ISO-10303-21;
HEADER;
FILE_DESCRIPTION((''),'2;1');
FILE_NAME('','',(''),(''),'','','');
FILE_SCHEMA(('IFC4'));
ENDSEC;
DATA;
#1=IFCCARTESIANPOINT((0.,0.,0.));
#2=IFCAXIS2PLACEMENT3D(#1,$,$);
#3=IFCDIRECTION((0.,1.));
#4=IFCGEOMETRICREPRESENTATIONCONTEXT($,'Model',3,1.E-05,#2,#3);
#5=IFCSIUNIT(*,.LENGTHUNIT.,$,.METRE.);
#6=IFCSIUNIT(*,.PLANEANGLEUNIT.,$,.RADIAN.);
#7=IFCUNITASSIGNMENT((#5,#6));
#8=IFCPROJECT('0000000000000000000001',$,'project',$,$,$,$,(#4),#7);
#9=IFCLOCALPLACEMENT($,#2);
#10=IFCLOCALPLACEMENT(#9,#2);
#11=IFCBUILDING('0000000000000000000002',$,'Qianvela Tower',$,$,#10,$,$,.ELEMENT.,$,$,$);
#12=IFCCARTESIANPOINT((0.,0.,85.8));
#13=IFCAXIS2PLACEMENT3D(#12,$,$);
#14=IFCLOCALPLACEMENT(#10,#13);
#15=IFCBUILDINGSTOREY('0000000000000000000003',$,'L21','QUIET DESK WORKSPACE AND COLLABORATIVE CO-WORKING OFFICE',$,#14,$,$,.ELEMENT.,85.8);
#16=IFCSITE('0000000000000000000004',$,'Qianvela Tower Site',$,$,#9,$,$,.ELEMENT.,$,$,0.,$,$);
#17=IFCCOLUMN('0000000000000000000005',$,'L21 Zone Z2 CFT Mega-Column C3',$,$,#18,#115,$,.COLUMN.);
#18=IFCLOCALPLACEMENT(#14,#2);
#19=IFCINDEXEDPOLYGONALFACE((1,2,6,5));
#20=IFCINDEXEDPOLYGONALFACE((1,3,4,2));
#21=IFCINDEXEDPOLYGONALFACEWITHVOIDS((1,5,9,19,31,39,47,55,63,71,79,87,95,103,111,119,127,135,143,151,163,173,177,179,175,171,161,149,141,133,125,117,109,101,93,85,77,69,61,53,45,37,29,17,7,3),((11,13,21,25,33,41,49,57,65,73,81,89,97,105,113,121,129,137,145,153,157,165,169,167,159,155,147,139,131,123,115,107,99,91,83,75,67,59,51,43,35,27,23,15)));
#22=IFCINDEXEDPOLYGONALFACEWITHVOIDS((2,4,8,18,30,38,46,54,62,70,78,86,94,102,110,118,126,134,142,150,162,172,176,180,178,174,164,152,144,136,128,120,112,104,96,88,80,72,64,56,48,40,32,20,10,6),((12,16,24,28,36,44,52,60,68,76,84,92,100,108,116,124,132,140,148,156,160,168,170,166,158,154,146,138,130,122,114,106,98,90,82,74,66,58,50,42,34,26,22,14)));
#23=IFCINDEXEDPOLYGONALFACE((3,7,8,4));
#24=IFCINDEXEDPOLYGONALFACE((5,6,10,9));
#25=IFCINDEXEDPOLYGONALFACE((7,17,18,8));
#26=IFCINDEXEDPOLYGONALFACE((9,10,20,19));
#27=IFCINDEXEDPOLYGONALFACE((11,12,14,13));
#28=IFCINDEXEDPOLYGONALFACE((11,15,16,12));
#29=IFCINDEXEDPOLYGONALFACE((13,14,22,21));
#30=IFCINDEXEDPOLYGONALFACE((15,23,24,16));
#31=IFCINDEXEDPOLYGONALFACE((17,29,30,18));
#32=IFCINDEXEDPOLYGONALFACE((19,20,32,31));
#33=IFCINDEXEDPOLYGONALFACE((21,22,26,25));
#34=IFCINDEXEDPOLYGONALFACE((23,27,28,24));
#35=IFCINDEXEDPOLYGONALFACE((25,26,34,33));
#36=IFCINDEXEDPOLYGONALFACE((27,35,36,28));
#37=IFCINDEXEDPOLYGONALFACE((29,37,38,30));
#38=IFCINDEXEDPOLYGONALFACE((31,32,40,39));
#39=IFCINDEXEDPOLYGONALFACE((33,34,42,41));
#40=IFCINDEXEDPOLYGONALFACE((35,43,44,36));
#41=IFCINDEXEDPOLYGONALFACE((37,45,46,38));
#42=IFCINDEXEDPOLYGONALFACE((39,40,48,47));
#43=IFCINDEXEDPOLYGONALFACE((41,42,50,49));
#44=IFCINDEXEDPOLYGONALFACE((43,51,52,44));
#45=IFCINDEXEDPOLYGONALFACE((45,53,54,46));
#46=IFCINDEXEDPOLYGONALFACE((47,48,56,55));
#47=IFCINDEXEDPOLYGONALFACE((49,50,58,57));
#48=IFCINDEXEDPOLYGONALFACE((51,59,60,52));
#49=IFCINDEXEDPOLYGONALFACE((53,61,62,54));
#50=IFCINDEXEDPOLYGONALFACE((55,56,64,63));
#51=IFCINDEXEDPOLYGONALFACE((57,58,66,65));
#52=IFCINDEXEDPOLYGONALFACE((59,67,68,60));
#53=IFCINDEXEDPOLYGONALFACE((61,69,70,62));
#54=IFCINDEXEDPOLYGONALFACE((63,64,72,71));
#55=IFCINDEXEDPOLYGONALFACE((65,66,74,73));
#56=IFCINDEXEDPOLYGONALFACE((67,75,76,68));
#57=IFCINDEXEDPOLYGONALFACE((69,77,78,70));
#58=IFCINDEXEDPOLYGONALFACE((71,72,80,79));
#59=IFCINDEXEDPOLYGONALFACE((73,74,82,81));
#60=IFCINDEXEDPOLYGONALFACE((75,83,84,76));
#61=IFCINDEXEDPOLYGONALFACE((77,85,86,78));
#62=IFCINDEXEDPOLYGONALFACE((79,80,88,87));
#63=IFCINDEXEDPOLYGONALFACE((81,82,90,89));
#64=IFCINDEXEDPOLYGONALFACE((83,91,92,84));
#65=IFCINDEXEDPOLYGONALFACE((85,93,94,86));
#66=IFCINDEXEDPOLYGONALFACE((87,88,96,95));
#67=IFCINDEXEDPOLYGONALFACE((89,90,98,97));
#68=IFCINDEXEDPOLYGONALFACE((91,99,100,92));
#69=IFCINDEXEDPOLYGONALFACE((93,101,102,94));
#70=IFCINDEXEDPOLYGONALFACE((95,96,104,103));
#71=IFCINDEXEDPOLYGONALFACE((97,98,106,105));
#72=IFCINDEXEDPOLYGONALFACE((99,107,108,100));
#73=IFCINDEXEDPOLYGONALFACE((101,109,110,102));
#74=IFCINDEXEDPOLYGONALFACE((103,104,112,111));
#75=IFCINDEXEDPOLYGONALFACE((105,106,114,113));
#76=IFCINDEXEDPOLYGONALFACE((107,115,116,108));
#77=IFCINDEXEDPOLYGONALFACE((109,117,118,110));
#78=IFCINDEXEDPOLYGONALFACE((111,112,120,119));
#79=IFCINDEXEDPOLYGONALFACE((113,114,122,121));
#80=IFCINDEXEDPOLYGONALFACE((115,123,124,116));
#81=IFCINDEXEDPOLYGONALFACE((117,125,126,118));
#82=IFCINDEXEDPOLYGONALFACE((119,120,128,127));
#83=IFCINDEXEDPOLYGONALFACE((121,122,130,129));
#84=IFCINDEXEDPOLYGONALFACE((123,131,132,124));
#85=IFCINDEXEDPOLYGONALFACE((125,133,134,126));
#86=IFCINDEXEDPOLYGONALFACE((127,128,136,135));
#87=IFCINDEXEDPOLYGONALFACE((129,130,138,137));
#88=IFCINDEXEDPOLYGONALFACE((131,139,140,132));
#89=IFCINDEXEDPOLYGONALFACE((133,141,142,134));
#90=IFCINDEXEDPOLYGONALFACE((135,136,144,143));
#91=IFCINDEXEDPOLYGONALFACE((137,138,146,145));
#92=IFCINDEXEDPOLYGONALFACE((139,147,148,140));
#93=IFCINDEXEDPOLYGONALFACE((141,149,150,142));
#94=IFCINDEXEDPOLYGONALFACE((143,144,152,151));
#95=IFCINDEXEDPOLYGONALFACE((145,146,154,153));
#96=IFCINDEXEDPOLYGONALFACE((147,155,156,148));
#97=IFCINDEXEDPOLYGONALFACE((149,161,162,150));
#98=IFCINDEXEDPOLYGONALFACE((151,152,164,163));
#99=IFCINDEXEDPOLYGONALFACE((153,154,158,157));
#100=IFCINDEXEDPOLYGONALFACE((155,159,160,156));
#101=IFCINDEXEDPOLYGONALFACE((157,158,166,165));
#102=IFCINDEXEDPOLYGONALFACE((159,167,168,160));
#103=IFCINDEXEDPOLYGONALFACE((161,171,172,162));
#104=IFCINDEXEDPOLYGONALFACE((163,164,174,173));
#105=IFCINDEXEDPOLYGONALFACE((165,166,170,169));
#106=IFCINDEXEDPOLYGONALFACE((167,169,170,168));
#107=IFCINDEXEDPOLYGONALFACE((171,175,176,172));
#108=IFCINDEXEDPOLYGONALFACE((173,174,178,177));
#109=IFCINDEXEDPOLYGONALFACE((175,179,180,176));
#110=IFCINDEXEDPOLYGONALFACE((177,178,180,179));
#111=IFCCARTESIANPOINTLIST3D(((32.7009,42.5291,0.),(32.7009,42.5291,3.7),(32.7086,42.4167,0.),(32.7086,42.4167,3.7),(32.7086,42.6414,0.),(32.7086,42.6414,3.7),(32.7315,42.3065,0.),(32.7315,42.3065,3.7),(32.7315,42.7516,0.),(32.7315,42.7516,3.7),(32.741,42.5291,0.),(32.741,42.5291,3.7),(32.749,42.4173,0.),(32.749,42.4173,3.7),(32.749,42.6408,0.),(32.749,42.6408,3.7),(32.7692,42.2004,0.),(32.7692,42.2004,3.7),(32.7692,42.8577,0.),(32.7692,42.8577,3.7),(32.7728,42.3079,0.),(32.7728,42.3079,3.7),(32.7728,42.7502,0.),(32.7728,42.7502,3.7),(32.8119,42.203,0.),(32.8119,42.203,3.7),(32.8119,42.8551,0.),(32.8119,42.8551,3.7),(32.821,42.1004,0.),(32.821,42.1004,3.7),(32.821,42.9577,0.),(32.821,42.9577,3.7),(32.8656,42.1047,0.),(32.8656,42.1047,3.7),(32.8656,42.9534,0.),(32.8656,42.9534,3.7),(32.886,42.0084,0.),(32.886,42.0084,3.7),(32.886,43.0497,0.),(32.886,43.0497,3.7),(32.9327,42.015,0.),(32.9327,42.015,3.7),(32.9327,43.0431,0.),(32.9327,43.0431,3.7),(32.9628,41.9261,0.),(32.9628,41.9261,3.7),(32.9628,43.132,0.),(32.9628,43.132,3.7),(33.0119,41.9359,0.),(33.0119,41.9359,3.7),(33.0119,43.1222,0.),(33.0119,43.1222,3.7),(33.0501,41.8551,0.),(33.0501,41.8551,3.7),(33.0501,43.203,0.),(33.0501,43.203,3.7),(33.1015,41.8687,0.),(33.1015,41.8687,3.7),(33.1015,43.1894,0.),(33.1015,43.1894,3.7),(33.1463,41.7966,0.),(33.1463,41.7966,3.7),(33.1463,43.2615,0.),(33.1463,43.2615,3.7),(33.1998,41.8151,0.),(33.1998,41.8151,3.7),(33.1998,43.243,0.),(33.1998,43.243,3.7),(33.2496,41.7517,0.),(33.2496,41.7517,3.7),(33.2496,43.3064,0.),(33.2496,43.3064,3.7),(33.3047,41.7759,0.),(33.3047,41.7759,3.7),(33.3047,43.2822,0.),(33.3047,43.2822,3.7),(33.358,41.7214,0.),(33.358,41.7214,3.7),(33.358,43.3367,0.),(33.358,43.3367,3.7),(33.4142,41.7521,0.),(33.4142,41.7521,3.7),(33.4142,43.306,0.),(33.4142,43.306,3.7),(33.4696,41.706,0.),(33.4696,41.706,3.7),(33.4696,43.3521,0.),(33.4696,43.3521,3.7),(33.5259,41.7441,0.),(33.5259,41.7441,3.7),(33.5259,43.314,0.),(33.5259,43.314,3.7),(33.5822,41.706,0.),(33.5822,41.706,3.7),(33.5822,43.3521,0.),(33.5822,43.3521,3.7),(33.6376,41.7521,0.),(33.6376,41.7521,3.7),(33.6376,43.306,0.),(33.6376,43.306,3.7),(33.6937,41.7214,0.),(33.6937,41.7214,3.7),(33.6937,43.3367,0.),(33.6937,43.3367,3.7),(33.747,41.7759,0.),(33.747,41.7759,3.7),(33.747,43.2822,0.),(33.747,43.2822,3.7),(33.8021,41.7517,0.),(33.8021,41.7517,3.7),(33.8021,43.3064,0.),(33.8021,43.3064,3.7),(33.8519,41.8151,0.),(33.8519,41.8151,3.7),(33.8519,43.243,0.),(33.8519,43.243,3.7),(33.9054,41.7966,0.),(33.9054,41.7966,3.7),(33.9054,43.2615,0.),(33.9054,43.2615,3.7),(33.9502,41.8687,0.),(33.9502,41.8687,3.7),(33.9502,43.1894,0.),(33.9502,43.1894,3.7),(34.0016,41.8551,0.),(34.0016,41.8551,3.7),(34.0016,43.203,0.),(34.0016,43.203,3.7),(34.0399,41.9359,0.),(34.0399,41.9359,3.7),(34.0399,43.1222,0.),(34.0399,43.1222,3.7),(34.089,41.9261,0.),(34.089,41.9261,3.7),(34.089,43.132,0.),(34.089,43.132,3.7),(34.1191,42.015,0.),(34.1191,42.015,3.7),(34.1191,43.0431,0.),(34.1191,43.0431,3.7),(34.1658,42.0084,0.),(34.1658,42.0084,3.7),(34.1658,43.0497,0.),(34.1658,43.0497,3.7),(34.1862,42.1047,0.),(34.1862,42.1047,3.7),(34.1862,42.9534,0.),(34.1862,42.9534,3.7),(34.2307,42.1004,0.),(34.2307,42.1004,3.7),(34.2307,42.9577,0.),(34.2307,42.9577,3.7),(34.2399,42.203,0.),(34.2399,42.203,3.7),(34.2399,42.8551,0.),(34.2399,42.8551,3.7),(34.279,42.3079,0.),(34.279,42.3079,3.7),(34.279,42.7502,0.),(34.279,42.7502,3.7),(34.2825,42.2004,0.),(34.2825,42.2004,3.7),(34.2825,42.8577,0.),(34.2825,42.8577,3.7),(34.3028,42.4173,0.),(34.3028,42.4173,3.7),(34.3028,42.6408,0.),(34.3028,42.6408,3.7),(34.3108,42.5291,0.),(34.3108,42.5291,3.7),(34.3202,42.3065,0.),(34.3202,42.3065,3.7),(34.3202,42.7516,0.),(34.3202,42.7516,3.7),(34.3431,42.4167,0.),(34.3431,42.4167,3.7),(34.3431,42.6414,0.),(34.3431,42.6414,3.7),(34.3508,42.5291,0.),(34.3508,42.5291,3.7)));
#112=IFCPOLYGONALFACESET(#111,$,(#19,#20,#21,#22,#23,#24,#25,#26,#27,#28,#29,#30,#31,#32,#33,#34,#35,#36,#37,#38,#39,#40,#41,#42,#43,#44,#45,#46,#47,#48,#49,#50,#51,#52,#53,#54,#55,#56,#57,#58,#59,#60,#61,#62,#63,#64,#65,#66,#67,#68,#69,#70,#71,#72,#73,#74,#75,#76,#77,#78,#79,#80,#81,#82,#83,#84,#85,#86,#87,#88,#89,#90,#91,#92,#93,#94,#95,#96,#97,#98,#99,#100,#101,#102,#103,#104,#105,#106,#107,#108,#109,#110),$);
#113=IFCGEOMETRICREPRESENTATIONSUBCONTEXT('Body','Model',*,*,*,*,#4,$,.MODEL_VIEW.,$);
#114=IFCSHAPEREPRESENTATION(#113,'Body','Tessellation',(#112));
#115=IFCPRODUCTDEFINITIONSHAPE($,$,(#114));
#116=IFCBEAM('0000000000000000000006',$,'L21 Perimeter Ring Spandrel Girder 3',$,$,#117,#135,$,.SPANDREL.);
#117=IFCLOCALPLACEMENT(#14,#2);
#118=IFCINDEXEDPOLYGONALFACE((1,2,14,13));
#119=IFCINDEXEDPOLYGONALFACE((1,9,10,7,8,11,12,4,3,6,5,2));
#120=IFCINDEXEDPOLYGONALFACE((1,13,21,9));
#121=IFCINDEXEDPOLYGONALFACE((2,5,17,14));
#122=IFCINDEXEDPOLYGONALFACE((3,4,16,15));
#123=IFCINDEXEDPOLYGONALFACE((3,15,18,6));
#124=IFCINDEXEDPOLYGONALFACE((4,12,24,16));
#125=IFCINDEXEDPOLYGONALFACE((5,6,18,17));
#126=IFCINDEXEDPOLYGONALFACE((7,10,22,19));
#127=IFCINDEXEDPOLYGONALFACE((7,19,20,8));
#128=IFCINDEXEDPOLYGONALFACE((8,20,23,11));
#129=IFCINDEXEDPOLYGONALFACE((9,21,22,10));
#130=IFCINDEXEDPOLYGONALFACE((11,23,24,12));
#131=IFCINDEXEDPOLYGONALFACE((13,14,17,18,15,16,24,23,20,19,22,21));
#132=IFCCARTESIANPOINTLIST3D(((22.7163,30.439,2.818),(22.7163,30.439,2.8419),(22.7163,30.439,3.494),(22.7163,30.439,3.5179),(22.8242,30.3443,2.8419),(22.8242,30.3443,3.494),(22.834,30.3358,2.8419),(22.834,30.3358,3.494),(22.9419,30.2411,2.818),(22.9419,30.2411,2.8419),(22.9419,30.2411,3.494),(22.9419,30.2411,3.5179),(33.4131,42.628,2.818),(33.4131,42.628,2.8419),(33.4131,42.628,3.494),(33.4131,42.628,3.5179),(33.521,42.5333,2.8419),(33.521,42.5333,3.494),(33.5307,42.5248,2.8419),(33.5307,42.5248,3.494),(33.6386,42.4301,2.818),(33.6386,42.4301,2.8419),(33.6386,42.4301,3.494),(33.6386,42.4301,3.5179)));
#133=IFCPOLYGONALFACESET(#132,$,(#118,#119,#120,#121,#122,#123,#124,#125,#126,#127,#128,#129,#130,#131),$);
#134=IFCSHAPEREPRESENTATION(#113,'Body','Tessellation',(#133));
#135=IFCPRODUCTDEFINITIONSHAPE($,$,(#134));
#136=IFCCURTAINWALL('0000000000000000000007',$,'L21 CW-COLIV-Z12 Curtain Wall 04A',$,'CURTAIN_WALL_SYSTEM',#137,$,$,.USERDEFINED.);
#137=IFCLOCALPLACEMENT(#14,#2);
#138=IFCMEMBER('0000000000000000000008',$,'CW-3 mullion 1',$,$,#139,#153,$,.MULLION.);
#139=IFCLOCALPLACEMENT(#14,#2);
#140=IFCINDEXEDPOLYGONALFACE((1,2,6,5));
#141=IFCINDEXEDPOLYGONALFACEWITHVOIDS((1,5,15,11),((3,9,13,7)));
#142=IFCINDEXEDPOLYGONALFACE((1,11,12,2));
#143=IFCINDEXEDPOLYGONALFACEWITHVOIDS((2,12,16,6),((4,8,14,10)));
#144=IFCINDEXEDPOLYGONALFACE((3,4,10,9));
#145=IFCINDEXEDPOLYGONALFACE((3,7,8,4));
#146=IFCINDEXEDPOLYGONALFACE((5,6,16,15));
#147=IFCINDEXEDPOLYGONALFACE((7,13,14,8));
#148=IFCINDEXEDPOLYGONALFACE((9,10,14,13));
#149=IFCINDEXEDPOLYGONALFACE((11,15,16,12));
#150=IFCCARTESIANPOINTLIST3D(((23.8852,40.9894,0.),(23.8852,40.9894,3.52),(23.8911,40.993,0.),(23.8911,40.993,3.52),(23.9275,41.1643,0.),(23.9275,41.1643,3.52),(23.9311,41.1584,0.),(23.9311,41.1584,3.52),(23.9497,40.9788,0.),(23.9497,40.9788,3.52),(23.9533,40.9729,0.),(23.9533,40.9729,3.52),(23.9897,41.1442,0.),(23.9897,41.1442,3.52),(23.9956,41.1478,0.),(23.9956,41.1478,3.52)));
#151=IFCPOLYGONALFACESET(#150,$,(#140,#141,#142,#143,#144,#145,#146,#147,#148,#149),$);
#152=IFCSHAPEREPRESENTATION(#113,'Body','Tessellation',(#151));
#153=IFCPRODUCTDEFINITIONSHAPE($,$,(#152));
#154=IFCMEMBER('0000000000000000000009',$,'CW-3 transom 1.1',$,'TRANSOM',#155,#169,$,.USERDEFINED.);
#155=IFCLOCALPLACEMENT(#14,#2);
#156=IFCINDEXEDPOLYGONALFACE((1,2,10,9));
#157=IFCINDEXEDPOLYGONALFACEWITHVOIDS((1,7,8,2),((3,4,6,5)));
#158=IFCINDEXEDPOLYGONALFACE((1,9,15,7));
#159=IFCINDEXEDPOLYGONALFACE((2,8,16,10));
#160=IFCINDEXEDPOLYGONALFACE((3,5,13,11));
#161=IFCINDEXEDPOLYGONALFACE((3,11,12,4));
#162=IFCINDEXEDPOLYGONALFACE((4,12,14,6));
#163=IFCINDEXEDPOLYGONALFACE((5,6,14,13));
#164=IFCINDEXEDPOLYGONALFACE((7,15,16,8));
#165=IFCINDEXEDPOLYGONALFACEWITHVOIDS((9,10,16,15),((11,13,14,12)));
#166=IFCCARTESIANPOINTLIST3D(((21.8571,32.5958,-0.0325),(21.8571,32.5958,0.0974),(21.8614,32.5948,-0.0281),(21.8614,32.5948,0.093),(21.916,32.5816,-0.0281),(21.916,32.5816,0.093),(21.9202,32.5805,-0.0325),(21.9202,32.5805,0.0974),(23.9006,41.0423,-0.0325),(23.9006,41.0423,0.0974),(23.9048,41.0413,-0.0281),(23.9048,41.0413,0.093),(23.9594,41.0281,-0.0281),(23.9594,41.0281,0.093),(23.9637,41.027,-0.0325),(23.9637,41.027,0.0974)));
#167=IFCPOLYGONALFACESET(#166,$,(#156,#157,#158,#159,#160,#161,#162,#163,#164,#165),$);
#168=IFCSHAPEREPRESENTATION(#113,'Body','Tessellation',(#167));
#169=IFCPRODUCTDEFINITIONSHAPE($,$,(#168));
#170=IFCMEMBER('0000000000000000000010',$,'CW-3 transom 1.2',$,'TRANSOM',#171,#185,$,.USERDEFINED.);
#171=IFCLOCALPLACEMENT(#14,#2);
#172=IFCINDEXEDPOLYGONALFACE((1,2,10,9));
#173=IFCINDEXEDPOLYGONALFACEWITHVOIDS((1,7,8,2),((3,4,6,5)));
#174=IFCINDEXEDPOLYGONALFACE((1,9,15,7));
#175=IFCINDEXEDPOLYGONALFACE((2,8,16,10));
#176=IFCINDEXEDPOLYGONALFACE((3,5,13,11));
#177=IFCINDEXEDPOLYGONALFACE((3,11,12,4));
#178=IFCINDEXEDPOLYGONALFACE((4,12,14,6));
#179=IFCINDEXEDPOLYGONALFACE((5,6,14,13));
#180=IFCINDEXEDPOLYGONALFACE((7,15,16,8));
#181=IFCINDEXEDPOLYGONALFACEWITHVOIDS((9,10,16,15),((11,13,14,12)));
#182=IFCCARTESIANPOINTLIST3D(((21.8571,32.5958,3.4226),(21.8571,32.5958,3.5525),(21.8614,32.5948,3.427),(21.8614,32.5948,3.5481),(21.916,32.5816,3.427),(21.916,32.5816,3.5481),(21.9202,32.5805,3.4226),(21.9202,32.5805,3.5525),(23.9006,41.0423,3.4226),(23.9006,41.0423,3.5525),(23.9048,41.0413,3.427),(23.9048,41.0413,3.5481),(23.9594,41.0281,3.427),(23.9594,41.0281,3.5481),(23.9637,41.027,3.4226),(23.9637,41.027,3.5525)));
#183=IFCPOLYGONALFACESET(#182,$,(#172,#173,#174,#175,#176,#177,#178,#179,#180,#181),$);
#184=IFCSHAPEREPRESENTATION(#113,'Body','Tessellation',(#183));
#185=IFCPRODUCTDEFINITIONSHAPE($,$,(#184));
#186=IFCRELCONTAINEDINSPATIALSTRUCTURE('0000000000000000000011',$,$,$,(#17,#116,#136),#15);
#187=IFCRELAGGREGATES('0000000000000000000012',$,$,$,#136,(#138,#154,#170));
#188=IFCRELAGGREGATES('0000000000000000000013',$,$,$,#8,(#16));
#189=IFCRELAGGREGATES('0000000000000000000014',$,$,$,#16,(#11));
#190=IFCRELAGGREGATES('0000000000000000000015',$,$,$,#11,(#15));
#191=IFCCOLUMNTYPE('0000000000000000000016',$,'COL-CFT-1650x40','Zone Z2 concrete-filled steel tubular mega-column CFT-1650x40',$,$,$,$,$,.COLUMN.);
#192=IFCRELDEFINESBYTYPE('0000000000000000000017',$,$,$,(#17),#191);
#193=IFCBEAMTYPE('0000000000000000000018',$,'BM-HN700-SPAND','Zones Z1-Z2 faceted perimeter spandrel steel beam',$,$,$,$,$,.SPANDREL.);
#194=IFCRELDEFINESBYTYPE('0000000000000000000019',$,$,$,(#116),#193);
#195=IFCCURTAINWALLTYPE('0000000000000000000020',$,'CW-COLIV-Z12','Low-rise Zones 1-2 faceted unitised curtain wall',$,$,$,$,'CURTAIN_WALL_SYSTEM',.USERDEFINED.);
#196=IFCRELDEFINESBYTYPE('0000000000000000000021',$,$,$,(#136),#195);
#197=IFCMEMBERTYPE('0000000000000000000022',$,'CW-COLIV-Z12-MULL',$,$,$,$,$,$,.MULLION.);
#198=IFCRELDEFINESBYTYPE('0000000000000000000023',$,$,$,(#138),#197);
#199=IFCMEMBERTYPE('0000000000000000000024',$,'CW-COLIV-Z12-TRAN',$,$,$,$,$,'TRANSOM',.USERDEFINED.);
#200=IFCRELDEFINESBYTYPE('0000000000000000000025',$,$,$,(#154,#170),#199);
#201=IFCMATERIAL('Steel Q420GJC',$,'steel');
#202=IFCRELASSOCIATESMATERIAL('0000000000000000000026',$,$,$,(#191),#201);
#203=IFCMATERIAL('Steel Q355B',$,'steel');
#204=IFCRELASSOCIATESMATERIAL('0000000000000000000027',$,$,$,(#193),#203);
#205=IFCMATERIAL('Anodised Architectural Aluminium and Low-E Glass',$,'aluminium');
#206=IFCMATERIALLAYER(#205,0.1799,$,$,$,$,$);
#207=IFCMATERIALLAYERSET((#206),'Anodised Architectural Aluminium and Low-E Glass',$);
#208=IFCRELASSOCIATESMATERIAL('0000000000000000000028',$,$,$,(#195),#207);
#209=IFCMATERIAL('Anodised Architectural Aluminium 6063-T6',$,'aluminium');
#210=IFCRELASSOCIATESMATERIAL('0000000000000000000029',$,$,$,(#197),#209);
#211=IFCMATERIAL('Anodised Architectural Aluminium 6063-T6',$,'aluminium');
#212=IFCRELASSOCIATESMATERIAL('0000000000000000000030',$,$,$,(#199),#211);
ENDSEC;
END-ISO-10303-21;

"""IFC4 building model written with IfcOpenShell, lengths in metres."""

from ifc_helpers import new_model, si_unit, direction, frame, origin, origin_2d, place, context, subcontext, project, spatial, hollow_rectangle, hollow_circle, i_section, extrude, material, layer, layer_set, material_profile, profile_set, type_object, element, aggregate, save


model = new_model("IFC4")

# Units and contexts
model_context = context("Model", 3, precision=1e-05, world=origin(), true_north=direction((0.0, 1.0)))
body_context = subcontext(model_context, "Body", "Model", "MODEL_VIEW")
ifc_project = project(units=[si_unit("LENGTHUNIT", "METRE"), si_unit("PLANEANGLEUNIT", "RADIAN")], contexts=[model_context])

# Site, building, storey
site_placement = place(None, origin())
site = spatial("IfcSite", under=ifc_project, at=site_placement, Name="Qianvela Tower Site", CompositionType="ELEMENT", RefElevation=0.0)
building_placement = place(site_placement, origin())
building = spatial("IfcBuilding", under=site, at=building_placement, Name="Qianvela Tower", CompositionType="ELEMENT")
storey_placement = place(building_placement, frame((0.0, 0.0, 85.8)))
storey = spatial("IfcBuildingStorey", under=building, at=storey_placement, Name="L21", Description="QUIET DESK WORKSPACE AND COLLABORATIVE CO-WORKING OFFICE", CompositionType="ELEMENT", Elevation=85.8)

# Column
ifc_material_1 = material(Name="Steel Q420GJC", Category="steel")
ifc_material_profile_1 = material_profile(ifc_material_1, hollow_circle(Radius=0.825, WallThickness=0.04, at=origin_2d()), Name="CFT-1650x40")
ifc_profile_set_1 = profile_set([ifc_material_profile_1], Name="Steel Q420GJC")
column_type = type_object("IfcColumnType", Name="COL-CFT-1650x40", Description="Zone Z2 concrete-filled steel tubular mega-column CFT-1650x40", PredefinedType="COLUMN", material=ifc_profile_set_1)
for number, where, z_axis, x_axis, name in (
    (1, (33.5259, 42.5291, 0.0), (0.0, 0.0, 1.0), (1.0, 0.0, 0.0), "L21 Zone Z2 CFT Mega-Column C3"),
):
    element("IfcColumn", number, at=place(storey_placement, frame(where, z_axis=z_axis, x_axis=x_axis)), inside=storey, type_object=column_type, Name=name, PredefinedType="COLUMN", context=body_context, shape_type="SweptSolid", body=[
        extrude(hollow_circle(Radius=0.825, WallThickness=0.04, at=origin_2d()), origin(), (0.0, 0.0, 1.0), 3.7),
    ])

# Beam
ifc_material_2 = material(Name="Steel Q355B", Category="steel")
ifc_material_profile_2 = material_profile(ifc_material_2, i_section(OverallWidth=0.3, OverallDepth=0.7, WebThickness=0.0129, FlangeThickness=0.0239, at=origin_2d()), Name="HN700x300x13x24")
ifc_profile_set_2 = profile_set([ifc_material_profile_2], Name="Steel Q355B")
beam_type = type_object("IfcBeamType", Name="BM-HN700-SPAND", Description="Zones Z1-Z2 faceted perimeter spandrel steel beam", PredefinedType="SPANDREL", material=ifc_profile_set_2)
beam_placement = place(storey_placement, frame((33.5259, 42.5291, 3.168), z_axis=(-0.659602, -0.751615, 0.0), x_axis=(0.751615, -0.659602, 0.0)))
element("IfcBeam", 2, at=beam_placement, inside=storey, type_object=beam_type, Name="L21 Perimeter Ring Spandrel Girder 3", PredefinedType="SPANDREL", context=body_context, shape_type="SweptSolid", body=[
    extrude(i_section(OverallWidth=0.3, OverallDepth=0.7, WebThickness=0.0129, FlangeThickness=0.0239, at=origin_2d()), origin(), (0.0, 0.0, 1.0), 16.217),
])

# Curtain wall, members
ifc_material_3 = material(Name="Anodised Architectural Aluminium and Low-E Glass", Category="aluminium")
ifc_layer_1 = layer(ifc_material_3, 0.1799)
ifc_layer_set_1 = layer_set([ifc_layer_1], Name="Anodised Architectural Aluminium and Low-E Glass")
curtain_wall_type = type_object("IfcCurtainWallType", Name="CW-COLIV-Z12", Description="Low-rise Zones 1-2 faceted unitised curtain wall", ElementType="CURTAIN_WALL_SYSTEM", PredefinedType="USERDEFINED", material=ifc_layer_set_1)
curtain_wall_placement = place(storey_placement, origin())
curtain_wall = element("IfcCurtainWall", 3, at=curtain_wall_placement, inside=storey, type_object=curtain_wall_type, Name="L21 CW-COLIV-Z12 Curtain Wall 04A", ObjectType="CURTAIN_WALL_SYSTEM", PredefinedType="USERDEFINED")
ifc_material_4 = material(Name="Anodised Architectural Aluminium 6063-T6", Category="aluminium")
ifc_material_profile_3 = material_profile(ifc_material_4, hollow_rectangle(XDim=0.0701, YDim=0.1799, WallThickness=0.0049, at=origin_2d()), Name="ALU-MULL-70x180")
ifc_profile_set_3 = profile_set([ifc_material_profile_3], Name="Anodised Architectural Aluminium 6063-T6")
member_type_1 = type_object("IfcMemberType", Name="CW-COLIV-Z12-MULL", PredefinedType="MULLION", material=ifc_profile_set_3)
member_1_placement = place(storey_placement, frame((23.9404, 41.0686, 0.0), z_axis=(0.0, 0.0, 1.0), x_axis=(0.971961, -0.235142, 0.0)))
member_1 = element("IfcMember", 4, at=member_1_placement, type_object=member_type_1, Name="CW-3 mullion 1", PredefinedType="MULLION", context=body_context, shape_type="SweptSolid", body=[
    extrude(hollow_rectangle(XDim=0.0701, YDim=0.1799, WallThickness=0.0049, at=origin_2d()), origin(), (0.0, 0.0, 1.0), 3.52),
])
ifc_material_5 = material(Name="Anodised Architectural Aluminium 6063-T6", Category="aluminium")
ifc_material_profile_4 = material_profile(ifc_material_5, hollow_rectangle(XDim=0.0649, YDim=0.1299, WallThickness=0.0044, at=origin_2d()), Name="ALU-TRAN-65x130")
ifc_profile_set_4 = profile_set([ifc_material_profile_4], Name="Anodised Architectural Aluminium 6063-T6")
member_type_2 = type_object("IfcMemberType", Name="CW-COLIV-Z12-TRAN", ElementType="TRANSOM", PredefinedType="USERDEFINED", material=ifc_profile_set_4)
member_2_placement = place(storey_placement, frame((23.9321, 41.0347, 0.0325), z_axis=(-0.235145, -0.97196, 0.0), x_axis=(0.97196, -0.235145, 0.0)))
member_2 = element("IfcMember", 5, at=member_2_placement, type_object=member_type_2, Name="CW-3 transom 1.1", ObjectType="TRANSOM", PredefinedType="USERDEFINED", context=body_context, shape_type="SweptSolid", body=[
    extrude(hollow_rectangle(XDim=0.0649, YDim=0.1299, WallThickness=0.0044, at=origin_2d()), origin(), (0.0, 0.0, 1.0), 8.6902),
])
member_3_placement = place(storey_placement, frame((23.9321, 41.0347, 3.4875), z_axis=(-0.235145, -0.97196, 0.0), x_axis=(0.97196, -0.235145, 0.0)))
member_3 = element("IfcMember", 6, at=member_3_placement, type_object=member_type_2, Name="CW-3 transom 1.2", ObjectType="TRANSOM", PredefinedType="USERDEFINED", context=body_context, shape_type="SweptSolid", body=[
    extrude(hollow_rectangle(XDim=0.0649, YDim=0.1299, WallThickness=0.0044, at=origin_2d()), origin(), (0.0, 0.0, 1.0), 8.6902),
])
aggregate(curtain_wall, [member_1, member_2, member_3])

save(model, "model.ifc")
